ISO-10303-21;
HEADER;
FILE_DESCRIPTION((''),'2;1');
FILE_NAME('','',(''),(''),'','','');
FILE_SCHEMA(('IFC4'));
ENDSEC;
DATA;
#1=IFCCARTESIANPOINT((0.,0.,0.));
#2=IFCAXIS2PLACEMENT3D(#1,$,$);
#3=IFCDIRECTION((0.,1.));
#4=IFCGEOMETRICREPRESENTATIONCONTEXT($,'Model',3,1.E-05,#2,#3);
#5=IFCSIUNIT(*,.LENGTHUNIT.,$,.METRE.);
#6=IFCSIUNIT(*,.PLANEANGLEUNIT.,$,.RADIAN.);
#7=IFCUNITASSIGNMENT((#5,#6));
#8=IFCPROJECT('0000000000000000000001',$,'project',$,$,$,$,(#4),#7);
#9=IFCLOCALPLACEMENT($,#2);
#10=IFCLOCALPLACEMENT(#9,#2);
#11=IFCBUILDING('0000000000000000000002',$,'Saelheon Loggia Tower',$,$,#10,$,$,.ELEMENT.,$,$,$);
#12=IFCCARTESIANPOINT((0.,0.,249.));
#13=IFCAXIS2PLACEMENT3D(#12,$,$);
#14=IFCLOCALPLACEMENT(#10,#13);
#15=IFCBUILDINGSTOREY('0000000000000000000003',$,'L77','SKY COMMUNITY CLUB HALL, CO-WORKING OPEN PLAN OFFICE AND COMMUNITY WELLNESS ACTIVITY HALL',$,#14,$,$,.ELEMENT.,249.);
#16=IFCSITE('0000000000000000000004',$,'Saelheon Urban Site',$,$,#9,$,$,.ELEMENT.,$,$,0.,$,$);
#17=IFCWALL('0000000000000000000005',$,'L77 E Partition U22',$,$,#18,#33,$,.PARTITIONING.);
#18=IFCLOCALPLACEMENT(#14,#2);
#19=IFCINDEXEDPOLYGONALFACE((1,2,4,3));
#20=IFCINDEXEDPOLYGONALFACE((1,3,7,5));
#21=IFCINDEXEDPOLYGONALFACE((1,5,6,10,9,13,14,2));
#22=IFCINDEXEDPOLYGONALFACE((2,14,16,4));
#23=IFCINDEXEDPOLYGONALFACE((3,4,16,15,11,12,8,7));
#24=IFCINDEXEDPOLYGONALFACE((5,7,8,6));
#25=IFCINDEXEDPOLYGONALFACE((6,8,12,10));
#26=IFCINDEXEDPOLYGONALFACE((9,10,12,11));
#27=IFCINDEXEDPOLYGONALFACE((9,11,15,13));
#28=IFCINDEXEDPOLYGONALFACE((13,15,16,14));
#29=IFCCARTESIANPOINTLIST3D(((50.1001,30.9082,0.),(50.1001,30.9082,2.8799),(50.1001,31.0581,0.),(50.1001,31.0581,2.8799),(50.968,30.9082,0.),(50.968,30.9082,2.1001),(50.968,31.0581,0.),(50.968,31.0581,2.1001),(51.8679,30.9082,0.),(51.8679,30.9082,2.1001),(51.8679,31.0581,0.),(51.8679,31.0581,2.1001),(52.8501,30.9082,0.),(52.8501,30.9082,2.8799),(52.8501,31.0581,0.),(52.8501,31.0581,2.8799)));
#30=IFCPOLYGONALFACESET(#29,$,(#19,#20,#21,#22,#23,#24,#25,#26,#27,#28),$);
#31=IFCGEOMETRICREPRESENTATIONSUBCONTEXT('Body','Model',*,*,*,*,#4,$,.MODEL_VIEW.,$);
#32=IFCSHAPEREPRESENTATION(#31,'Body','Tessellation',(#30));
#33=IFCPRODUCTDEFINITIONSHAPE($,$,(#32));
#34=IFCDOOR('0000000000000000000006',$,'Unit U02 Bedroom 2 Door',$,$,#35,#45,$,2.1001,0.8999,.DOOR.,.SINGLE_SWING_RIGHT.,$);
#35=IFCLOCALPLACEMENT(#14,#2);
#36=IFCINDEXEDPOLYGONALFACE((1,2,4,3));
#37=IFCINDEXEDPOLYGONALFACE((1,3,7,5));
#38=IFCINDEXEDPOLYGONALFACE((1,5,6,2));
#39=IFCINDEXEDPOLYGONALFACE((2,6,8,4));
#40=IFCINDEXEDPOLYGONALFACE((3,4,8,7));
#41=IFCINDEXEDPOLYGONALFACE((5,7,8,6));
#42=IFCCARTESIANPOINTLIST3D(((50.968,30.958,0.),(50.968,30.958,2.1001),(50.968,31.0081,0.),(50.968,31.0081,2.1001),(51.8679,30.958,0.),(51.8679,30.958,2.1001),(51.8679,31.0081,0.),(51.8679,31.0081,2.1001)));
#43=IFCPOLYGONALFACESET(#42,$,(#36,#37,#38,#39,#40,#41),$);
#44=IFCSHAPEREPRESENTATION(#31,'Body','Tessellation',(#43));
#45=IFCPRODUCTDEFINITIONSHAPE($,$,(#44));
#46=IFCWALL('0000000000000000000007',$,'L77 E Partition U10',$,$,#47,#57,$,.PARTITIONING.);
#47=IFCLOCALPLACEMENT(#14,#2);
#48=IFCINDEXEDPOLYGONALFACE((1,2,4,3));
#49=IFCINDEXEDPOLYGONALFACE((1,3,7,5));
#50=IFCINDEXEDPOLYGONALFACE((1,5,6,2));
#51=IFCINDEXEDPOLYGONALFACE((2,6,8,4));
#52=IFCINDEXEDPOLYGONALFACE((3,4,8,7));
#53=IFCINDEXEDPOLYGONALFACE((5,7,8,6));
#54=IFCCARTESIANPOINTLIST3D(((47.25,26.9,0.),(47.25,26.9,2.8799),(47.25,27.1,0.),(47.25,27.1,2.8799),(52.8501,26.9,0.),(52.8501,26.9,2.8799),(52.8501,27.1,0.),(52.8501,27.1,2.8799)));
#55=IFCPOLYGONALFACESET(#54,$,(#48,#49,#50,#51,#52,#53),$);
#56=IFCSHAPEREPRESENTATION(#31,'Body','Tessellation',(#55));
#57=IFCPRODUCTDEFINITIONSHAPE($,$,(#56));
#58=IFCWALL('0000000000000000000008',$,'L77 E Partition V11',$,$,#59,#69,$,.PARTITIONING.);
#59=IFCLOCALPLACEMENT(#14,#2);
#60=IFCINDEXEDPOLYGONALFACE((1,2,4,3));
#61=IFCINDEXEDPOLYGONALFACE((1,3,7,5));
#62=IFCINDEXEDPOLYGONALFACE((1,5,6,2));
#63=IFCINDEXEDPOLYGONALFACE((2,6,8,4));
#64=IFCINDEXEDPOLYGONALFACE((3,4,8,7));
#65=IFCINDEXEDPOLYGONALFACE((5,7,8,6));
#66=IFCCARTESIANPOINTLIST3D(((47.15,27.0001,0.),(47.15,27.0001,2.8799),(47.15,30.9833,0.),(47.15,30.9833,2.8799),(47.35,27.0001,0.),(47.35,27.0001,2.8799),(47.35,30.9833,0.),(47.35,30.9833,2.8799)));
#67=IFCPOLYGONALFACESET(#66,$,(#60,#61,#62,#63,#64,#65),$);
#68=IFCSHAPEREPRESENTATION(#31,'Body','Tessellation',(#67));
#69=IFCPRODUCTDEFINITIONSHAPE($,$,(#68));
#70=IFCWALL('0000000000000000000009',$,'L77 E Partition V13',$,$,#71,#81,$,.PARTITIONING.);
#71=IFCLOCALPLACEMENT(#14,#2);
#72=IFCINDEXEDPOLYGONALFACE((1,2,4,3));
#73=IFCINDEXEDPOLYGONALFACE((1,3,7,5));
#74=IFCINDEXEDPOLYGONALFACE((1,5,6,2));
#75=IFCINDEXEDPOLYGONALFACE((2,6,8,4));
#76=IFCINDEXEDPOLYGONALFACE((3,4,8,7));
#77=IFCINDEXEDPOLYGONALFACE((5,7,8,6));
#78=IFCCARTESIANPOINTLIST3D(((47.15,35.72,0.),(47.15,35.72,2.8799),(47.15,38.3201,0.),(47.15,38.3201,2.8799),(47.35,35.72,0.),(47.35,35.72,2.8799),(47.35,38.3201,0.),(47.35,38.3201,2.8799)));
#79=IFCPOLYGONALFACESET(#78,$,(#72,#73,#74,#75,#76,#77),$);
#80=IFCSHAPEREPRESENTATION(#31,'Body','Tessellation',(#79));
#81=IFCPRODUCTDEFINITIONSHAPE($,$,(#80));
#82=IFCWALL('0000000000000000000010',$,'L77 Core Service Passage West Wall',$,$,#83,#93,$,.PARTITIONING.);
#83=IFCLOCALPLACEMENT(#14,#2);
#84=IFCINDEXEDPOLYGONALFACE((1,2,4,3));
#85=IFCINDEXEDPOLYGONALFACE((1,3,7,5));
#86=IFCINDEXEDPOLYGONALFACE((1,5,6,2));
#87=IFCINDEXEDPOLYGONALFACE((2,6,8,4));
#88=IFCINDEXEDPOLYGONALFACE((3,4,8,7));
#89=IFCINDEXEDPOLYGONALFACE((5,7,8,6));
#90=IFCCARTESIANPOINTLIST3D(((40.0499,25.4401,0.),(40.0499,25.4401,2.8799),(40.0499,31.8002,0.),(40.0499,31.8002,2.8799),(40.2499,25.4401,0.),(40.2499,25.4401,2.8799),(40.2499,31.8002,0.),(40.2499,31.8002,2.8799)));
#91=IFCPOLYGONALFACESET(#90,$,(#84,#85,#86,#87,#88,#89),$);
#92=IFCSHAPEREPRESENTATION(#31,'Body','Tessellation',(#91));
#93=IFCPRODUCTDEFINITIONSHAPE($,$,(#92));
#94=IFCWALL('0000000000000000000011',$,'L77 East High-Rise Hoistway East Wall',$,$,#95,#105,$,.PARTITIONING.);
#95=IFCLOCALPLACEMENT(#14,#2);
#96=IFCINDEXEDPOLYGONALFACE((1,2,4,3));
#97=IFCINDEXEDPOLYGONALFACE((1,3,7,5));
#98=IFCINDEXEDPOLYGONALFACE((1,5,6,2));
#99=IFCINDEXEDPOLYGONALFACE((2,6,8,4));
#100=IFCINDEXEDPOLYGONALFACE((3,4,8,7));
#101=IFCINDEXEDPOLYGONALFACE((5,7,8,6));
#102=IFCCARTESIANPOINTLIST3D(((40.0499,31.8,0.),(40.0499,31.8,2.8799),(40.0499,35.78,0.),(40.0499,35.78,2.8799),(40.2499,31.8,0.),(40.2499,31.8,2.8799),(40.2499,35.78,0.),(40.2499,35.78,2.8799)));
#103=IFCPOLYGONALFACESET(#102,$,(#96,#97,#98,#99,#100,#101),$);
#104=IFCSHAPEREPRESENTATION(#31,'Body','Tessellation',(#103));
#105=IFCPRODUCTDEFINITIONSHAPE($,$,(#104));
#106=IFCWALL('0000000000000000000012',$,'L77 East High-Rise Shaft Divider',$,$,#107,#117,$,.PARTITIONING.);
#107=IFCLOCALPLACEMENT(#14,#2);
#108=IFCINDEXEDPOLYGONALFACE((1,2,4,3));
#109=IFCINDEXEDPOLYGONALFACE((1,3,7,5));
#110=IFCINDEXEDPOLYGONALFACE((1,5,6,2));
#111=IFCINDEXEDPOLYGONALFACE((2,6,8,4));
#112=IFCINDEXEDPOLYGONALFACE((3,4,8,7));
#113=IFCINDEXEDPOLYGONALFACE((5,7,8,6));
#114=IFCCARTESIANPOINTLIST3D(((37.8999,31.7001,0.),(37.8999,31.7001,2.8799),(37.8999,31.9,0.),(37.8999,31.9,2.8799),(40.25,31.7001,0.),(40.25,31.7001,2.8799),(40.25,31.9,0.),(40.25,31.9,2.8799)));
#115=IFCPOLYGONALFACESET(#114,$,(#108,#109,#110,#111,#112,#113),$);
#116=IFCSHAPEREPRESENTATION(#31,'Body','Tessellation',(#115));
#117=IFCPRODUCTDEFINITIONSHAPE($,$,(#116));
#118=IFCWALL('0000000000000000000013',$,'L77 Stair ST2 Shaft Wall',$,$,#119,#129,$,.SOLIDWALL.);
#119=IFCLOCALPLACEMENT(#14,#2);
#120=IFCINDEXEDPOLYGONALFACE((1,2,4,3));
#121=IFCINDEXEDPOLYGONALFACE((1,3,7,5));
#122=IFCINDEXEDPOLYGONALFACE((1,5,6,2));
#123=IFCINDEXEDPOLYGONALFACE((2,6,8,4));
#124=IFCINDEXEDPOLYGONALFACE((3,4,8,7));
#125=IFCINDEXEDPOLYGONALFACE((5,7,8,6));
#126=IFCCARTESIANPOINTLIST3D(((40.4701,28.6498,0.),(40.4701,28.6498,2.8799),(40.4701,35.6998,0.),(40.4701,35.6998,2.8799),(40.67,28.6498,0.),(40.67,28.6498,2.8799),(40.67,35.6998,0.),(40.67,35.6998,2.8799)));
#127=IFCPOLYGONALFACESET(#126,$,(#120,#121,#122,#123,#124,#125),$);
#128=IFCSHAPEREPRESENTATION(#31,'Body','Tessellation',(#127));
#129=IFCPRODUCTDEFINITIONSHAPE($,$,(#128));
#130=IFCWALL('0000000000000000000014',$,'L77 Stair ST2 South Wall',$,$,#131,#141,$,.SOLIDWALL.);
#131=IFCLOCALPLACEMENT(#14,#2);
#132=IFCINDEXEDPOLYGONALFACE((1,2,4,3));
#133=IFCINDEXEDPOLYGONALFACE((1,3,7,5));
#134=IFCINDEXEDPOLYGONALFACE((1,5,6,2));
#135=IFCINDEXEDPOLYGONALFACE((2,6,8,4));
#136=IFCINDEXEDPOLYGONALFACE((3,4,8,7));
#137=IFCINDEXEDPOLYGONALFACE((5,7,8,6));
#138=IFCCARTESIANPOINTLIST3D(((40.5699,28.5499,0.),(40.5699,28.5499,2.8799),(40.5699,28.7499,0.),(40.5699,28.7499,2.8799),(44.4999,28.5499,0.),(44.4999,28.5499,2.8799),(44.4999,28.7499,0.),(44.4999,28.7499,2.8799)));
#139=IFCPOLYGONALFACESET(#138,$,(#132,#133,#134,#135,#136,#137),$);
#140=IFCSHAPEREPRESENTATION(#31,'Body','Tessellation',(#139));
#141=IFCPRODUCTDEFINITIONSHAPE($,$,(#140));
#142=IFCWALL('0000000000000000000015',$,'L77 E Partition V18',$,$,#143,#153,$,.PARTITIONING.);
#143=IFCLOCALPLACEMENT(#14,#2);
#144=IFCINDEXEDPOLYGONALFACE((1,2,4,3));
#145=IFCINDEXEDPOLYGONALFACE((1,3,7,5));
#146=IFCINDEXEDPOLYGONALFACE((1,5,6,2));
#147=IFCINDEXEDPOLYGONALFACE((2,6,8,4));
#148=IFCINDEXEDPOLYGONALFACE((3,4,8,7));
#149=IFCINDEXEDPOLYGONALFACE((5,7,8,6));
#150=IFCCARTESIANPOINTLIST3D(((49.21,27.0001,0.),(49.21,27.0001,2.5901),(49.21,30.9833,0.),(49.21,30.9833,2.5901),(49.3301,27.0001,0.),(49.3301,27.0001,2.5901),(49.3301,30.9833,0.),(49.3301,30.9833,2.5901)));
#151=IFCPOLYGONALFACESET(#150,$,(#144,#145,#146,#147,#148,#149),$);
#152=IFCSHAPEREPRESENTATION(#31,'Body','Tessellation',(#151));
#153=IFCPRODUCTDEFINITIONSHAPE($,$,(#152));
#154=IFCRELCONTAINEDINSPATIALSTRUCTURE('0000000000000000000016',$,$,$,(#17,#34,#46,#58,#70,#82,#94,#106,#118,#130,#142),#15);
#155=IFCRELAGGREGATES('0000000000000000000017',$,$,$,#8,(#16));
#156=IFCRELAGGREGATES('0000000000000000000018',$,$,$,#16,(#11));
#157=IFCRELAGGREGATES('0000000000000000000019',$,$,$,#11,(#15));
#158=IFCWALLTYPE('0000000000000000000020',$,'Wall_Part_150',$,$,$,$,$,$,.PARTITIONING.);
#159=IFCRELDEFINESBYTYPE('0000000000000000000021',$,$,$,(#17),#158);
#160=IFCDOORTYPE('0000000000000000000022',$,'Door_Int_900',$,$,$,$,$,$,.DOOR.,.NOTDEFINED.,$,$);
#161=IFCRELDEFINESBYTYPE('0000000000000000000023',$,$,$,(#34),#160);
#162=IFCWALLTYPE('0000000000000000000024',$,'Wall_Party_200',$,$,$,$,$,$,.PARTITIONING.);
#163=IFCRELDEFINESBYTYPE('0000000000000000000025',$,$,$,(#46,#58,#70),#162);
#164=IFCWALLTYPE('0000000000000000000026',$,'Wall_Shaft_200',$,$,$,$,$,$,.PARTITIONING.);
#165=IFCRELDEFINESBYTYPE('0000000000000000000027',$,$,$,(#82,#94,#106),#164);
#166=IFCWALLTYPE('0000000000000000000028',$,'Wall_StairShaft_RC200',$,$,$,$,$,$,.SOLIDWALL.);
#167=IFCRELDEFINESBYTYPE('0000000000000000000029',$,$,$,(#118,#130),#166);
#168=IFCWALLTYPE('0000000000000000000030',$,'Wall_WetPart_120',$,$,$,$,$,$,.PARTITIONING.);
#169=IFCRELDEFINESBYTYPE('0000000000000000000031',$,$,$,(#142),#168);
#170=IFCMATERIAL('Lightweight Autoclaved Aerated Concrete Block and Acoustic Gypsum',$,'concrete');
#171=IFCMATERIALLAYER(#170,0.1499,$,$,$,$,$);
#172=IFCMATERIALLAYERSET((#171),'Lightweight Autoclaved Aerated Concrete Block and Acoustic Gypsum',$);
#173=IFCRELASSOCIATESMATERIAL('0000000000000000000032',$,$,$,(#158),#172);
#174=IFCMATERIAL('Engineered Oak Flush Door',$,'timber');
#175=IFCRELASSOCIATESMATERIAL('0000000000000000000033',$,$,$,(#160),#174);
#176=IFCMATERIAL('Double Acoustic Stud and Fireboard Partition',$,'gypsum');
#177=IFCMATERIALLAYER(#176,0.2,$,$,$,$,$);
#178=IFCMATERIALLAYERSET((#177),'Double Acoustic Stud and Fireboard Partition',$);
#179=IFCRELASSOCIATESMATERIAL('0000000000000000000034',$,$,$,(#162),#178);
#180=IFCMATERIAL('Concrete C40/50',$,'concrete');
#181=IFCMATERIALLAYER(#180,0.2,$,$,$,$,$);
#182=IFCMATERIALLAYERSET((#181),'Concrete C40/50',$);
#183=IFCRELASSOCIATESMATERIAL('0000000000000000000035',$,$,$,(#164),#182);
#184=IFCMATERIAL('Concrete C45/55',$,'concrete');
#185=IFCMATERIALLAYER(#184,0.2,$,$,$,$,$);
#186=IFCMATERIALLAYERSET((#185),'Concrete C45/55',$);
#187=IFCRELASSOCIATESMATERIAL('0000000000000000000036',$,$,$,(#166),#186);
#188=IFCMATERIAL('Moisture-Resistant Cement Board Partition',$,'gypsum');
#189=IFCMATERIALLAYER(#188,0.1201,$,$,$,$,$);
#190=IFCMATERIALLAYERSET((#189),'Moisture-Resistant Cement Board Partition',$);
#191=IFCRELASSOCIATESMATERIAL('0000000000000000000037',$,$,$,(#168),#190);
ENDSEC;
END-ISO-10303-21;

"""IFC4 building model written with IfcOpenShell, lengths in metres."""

from ifc_helpers import new_model, si_unit, direction, frame, frame_2d, origin, place, context, subcontext, project, spatial, rectangle, extrude, source, transform, mapped, material, layer, layer_set, type_object, element, fill, save


model = new_model("IFC4")

# Units and contexts
model_context = context("Model", 3, precision=1e-05, world=origin(), true_north=direction((0.0, 1.0)))
body_context = subcontext(model_context, "Body", "Model", "MODEL_VIEW")
ifc_project = project(units=[si_unit("LENGTHUNIT", "METRE"), si_unit("PLANEANGLEUNIT", "RADIAN")], contexts=[model_context])

# Site, building, storey
site_placement = place(None, origin())
site = spatial("IfcSite", under=ifc_project, at=site_placement, Name="Saelheon Urban Site", CompositionType="ELEMENT", RefElevation=0.0)
building_placement = place(site_placement, origin())
building = spatial("IfcBuilding", under=site, at=building_placement, Name="Saelheon Loggia Tower", CompositionType="ELEMENT")
storey_placement = place(building_placement, frame((0.0, 0.0, 249.0)))
storey = spatial("IfcBuildingStorey", under=building, at=storey_placement, Name="L77", Description="SKY COMMUNITY CLUB HALL, CO-WORKING OPEN PLAN OFFICE AND COMMUNITY WELLNESS ACTIVITY HALL", CompositionType="ELEMENT", Elevation=249.0)

# Shared definitions
ifc_material_1 = material(Name="Concrete C45/55", Category="concrete")

# Shared definitions
ifc_material_2 = material(Name="Concrete C40/50", Category="concrete")

# Shared definitions
ifc_material_3 = material(Name="Lightweight Autoclaved Aerated Concrete Block and Acoustic Gypsum", Category="concrete")
ifc_layer_1 = layer(ifc_material_3, 0.1499)
ifc_layer_set_1 = layer_set([ifc_layer_1], Name="Lightweight Autoclaved Aerated Concrete Block and Acoustic Gypsum")
wall_type_1 = type_object("IfcWallType", Name="Wall_Part_150", PredefinedType="PARTITIONING", material=ifc_layer_set_1)

# Wall, opening, door
ifc_material_4 = material(Name="Engineered Oak Flush Door", Category="timber")
door_type_1 = type_object("IfcDoorType", Name="Door_Int_900", OperationType="NOTDEFINED", PredefinedType="DOOR", material=ifc_material_4)
shared_shape_1 = source(origin(), body_context, "Body", "SweptSolid", [
    extrude(rectangle(XDim=0.8999, YDim=2.1001, at=frame_2d((0.45, 1.05))), frame((0.0, 0.0249, 0.0), z_axis=(0.0, -1.0, 0.0), x_axis=(1.0, 0.0, 0.0)), (0.0, 0.0, 1.0), 0.05),
])
wall_1_placement = place(storey_placement, frame((50.1001, 30.9832, 0.0), z_axis=(0.0, 0.0, 1.0), x_axis=(1.0, 0.0, 0.0)))
wall_1 = element("IfcWall", 1, at=wall_1_placement, inside=storey, type_object=wall_type_1, Name="L77 E Partition U22", PredefinedType="PARTITIONING", context=body_context, shape_type="SweptSolid", body=[
    extrude(rectangle(XDim=2.75, YDim=0.1499, at=frame_2d((1.375, 0.0))), origin(), (0.0, 0.0, 1.0), 2.8799),
])
opening_1_placement = place(wall_1_placement, frame((0.8679, 0.0, 0.0)))
opening_1 = element("IfcOpeningElement", 2, at=opening_1_placement, cuts=wall_1, PredefinedType="OPENING", context=body_context, shape_type="SweptSolid", body=[
    extrude(rectangle(XDim=0.8999, YDim=2.1001, at=frame_2d((0.45, 1.05))), frame((0.0, 0.0869, 0.0), z_axis=(0.0, -1.0, 0.0), x_axis=(1.0, 0.0, 0.0)), (0.0, 0.0, 1.0), 0.1738),
])
door_1_placement = place(opening_1_placement, origin())
door_1 = element("IfcDoor", 3, at=door_1_placement, inside=storey, type_object=door_type_1, Name="Unit U02 Bedroom 2 Door", OperationType="SINGLE_SWING_RIGHT", OverallHeight=2.1001, OverallWidth=0.8999, PredefinedType="DOOR", context=body_context, shape_type="MappedRepresentation", body=[
    mapped(shared_shape_1, transform((0.0, 0.0, 0.0), scale=1.0)),
])
fill(opening_1, door_1)

# Walls
ifc_material_5 = material(Name="Double Acoustic Stud and Fireboard Partition", Category="gypsum")
ifc_layer_2 = layer(ifc_material_5, 0.2)
ifc_layer_set_2 = layer_set([ifc_layer_2], Name="Double Acoustic Stud and Fireboard Partition")
wall_type_2 = type_object("IfcWallType", Name="Wall_Party_200", PredefinedType="PARTITIONING", material=ifc_layer_set_2)
wall_2_placement = place(storey_placement, frame((47.25, 27.0, 0.0), z_axis=(0.0, 0.0, 1.0), x_axis=(1.0, 0.0, 0.0)))
element("IfcWall", 4, at=wall_2_placement, inside=storey, type_object=wall_type_2, Name="L77 E Partition U10", PredefinedType="PARTITIONING", context=body_context, shape_type="SweptSolid", body=[
    extrude(rectangle(XDim=5.6001, YDim=0.2, at=frame_2d((2.8, 0.0))), origin(), (0.0, 0.0, 1.0), 2.8799),
])
wall_3_placement = place(storey_placement, frame((47.25, 27.0, 0.0), z_axis=(0.0, 0.0, 1.0), x_axis=(0.0, 1.0, 0.0)))
element("IfcWall", 5, at=wall_3_placement, inside=storey, type_object=wall_type_2, Name="L77 E Partition V11", PredefinedType="PARTITIONING", context=body_context, shape_type="SweptSolid", body=[
    extrude(rectangle(XDim=3.9832, YDim=0.2, at=frame_2d((1.9917, 0.0))), origin(), (0.0, 0.0, 1.0), 2.8799),
])

# Walls
wall_4_placement = place(storey_placement, frame((47.25, 35.72, 0.0), z_axis=(0.0, 0.0, 1.0), x_axis=(0.0, 1.0, 0.0)))
element("IfcWall", 6, at=wall_4_placement, inside=storey, type_object=wall_type_2, Name="L77 E Partition V13", PredefinedType="PARTITIONING", context=body_context, shape_type="SweptSolid", body=[
    extrude(rectangle(XDim=2.6001, YDim=0.2, at=frame_2d((1.3, 0.0))), origin(), (0.0, 0.0, 1.0), 2.8799),
])
ifc_layer_3 = layer(ifc_material_2, 0.2)
ifc_layer_set_3 = layer_set([ifc_layer_3], Name="Concrete C40/50")
wall_type_3 = type_object("IfcWallType", Name="Wall_Shaft_200", PredefinedType="PARTITIONING", material=ifc_layer_set_3)
wall_5_placement = place(storey_placement, frame((40.1499, 25.4399, 0.0), z_axis=(0.0, 0.0, 1.0), x_axis=(0.0, 1.0, 0.0)))
element("IfcWall", 7, at=wall_5_placement, inside=storey, type_object=wall_type_3, Name="L77 Core Service Passage West Wall", PredefinedType="PARTITIONING", context=body_context, shape_type="SweptSolid", body=[
    extrude(rectangle(XDim=6.3601, YDim=0.2, at=frame_2d((3.1802, 0.0))), origin(), (0.0, 0.0, 1.0), 2.8799),
])
wall_6_placement = place(storey_placement, frame((40.1499, 31.8, 0.0), z_axis=(0.0, 0.0, 1.0), x_axis=(0.0, 1.0, 0.0)))
element("IfcWall", 8, at=wall_6_placement, inside=storey, type_object=wall_type_3, Name="L77 East High-Rise Hoistway East Wall", PredefinedType="PARTITIONING", context=body_context, shape_type="SweptSolid", body=[
    extrude(rectangle(XDim=3.98, YDim=0.2, at=frame_2d((1.99, 0.0))), origin(), (0.0, 0.0, 1.0), 2.8799),
])

# Walls
wall_7_placement = place(storey_placement, frame((37.8999, 31.8, 0.0), z_axis=(0.0, 0.0, 1.0), x_axis=(1.0, 0.0, 0.0)))
element("IfcWall", 9, at=wall_7_placement, inside=storey, type_object=wall_type_3, Name="L77 East High-Rise Shaft Divider", PredefinedType="PARTITIONING", context=body_context, shape_type="SweptSolid", body=[
    extrude(rectangle(XDim=2.3501, YDim=0.2, at=frame_2d((1.175, 0.0))), origin(), (0.0, 0.0, 1.0), 2.8799),
])
ifc_layer_4 = layer(ifc_material_1, 0.2)
ifc_layer_set_4 = layer_set([ifc_layer_4], Name="Concrete C45/55")
wall_type_4 = type_object("IfcWallType", Name="Wall_StairShaft_RC200", PredefinedType="SOLIDWALL", material=ifc_layer_set_4)
wall_8_placement = place(storey_placement, frame((40.5701, 28.6499, 0.0), z_axis=(0.0, 0.0, 1.0), x_axis=(0.0, 1.0, 0.0)))
element("IfcWall", 10, at=wall_8_placement, inside=storey, type_object=wall_type_4, Name="L77 Stair ST2 Shaft Wall", PredefinedType="SOLIDWALL", context=body_context, shape_type="SweptSolid", body=[
    extrude(rectangle(XDim=7.05, YDim=0.2, at=frame_2d((3.5249, 0.0))), origin(), (0.0, 0.0, 1.0), 2.8799),
])
wall_9_placement = place(storey_placement, frame((40.5701, 28.6499, 0.0), z_axis=(0.0, 0.0, 1.0), x_axis=(1.0, 0.0, 0.0)))
element("IfcWall", 11, at=wall_9_placement, inside=storey, type_object=wall_type_4, Name="L77 Stair ST2 South Wall", PredefinedType="SOLIDWALL", context=body_context, shape_type="SweptSolid", body=[
    extrude(rectangle(XDim=3.9299, YDim=0.2, at=frame_2d((1.9648, 0.0))), origin(), (0.0, 0.0, 1.0), 2.8799),
])
ifc_material_6 = material(Name="Moisture-Resistant Cement Board Partition", Category="gypsum")
ifc_layer_5 = layer(ifc_material_6, 0.1201)
ifc_layer_set_5 = layer_set([ifc_layer_5], Name="Moisture-Resistant Cement Board Partition")
wall_type_5 = type_object("IfcWallType", Name="Wall_WetPart_120", PredefinedType="PARTITIONING", material=ifc_layer_set_5)
wall_10_placement = place(storey_placement, frame((49.27, 27.0, 0.0), z_axis=(0.0, 0.0, 1.0), x_axis=(0.0, 1.0, 0.0)))
element("IfcWall", 12, at=wall_10_placement, inside=storey, type_object=wall_type_5, Name="L77 E Partition V18", PredefinedType="PARTITIONING", context=body_context, shape_type="SweptSolid", body=[
    extrude(rectangle(XDim=3.9832, YDim=0.1201, at=frame_2d((1.9917, 0.0))), origin(), (0.0, 0.0, 1.0), 2.5901),
])

save(model, "model.ifc")
